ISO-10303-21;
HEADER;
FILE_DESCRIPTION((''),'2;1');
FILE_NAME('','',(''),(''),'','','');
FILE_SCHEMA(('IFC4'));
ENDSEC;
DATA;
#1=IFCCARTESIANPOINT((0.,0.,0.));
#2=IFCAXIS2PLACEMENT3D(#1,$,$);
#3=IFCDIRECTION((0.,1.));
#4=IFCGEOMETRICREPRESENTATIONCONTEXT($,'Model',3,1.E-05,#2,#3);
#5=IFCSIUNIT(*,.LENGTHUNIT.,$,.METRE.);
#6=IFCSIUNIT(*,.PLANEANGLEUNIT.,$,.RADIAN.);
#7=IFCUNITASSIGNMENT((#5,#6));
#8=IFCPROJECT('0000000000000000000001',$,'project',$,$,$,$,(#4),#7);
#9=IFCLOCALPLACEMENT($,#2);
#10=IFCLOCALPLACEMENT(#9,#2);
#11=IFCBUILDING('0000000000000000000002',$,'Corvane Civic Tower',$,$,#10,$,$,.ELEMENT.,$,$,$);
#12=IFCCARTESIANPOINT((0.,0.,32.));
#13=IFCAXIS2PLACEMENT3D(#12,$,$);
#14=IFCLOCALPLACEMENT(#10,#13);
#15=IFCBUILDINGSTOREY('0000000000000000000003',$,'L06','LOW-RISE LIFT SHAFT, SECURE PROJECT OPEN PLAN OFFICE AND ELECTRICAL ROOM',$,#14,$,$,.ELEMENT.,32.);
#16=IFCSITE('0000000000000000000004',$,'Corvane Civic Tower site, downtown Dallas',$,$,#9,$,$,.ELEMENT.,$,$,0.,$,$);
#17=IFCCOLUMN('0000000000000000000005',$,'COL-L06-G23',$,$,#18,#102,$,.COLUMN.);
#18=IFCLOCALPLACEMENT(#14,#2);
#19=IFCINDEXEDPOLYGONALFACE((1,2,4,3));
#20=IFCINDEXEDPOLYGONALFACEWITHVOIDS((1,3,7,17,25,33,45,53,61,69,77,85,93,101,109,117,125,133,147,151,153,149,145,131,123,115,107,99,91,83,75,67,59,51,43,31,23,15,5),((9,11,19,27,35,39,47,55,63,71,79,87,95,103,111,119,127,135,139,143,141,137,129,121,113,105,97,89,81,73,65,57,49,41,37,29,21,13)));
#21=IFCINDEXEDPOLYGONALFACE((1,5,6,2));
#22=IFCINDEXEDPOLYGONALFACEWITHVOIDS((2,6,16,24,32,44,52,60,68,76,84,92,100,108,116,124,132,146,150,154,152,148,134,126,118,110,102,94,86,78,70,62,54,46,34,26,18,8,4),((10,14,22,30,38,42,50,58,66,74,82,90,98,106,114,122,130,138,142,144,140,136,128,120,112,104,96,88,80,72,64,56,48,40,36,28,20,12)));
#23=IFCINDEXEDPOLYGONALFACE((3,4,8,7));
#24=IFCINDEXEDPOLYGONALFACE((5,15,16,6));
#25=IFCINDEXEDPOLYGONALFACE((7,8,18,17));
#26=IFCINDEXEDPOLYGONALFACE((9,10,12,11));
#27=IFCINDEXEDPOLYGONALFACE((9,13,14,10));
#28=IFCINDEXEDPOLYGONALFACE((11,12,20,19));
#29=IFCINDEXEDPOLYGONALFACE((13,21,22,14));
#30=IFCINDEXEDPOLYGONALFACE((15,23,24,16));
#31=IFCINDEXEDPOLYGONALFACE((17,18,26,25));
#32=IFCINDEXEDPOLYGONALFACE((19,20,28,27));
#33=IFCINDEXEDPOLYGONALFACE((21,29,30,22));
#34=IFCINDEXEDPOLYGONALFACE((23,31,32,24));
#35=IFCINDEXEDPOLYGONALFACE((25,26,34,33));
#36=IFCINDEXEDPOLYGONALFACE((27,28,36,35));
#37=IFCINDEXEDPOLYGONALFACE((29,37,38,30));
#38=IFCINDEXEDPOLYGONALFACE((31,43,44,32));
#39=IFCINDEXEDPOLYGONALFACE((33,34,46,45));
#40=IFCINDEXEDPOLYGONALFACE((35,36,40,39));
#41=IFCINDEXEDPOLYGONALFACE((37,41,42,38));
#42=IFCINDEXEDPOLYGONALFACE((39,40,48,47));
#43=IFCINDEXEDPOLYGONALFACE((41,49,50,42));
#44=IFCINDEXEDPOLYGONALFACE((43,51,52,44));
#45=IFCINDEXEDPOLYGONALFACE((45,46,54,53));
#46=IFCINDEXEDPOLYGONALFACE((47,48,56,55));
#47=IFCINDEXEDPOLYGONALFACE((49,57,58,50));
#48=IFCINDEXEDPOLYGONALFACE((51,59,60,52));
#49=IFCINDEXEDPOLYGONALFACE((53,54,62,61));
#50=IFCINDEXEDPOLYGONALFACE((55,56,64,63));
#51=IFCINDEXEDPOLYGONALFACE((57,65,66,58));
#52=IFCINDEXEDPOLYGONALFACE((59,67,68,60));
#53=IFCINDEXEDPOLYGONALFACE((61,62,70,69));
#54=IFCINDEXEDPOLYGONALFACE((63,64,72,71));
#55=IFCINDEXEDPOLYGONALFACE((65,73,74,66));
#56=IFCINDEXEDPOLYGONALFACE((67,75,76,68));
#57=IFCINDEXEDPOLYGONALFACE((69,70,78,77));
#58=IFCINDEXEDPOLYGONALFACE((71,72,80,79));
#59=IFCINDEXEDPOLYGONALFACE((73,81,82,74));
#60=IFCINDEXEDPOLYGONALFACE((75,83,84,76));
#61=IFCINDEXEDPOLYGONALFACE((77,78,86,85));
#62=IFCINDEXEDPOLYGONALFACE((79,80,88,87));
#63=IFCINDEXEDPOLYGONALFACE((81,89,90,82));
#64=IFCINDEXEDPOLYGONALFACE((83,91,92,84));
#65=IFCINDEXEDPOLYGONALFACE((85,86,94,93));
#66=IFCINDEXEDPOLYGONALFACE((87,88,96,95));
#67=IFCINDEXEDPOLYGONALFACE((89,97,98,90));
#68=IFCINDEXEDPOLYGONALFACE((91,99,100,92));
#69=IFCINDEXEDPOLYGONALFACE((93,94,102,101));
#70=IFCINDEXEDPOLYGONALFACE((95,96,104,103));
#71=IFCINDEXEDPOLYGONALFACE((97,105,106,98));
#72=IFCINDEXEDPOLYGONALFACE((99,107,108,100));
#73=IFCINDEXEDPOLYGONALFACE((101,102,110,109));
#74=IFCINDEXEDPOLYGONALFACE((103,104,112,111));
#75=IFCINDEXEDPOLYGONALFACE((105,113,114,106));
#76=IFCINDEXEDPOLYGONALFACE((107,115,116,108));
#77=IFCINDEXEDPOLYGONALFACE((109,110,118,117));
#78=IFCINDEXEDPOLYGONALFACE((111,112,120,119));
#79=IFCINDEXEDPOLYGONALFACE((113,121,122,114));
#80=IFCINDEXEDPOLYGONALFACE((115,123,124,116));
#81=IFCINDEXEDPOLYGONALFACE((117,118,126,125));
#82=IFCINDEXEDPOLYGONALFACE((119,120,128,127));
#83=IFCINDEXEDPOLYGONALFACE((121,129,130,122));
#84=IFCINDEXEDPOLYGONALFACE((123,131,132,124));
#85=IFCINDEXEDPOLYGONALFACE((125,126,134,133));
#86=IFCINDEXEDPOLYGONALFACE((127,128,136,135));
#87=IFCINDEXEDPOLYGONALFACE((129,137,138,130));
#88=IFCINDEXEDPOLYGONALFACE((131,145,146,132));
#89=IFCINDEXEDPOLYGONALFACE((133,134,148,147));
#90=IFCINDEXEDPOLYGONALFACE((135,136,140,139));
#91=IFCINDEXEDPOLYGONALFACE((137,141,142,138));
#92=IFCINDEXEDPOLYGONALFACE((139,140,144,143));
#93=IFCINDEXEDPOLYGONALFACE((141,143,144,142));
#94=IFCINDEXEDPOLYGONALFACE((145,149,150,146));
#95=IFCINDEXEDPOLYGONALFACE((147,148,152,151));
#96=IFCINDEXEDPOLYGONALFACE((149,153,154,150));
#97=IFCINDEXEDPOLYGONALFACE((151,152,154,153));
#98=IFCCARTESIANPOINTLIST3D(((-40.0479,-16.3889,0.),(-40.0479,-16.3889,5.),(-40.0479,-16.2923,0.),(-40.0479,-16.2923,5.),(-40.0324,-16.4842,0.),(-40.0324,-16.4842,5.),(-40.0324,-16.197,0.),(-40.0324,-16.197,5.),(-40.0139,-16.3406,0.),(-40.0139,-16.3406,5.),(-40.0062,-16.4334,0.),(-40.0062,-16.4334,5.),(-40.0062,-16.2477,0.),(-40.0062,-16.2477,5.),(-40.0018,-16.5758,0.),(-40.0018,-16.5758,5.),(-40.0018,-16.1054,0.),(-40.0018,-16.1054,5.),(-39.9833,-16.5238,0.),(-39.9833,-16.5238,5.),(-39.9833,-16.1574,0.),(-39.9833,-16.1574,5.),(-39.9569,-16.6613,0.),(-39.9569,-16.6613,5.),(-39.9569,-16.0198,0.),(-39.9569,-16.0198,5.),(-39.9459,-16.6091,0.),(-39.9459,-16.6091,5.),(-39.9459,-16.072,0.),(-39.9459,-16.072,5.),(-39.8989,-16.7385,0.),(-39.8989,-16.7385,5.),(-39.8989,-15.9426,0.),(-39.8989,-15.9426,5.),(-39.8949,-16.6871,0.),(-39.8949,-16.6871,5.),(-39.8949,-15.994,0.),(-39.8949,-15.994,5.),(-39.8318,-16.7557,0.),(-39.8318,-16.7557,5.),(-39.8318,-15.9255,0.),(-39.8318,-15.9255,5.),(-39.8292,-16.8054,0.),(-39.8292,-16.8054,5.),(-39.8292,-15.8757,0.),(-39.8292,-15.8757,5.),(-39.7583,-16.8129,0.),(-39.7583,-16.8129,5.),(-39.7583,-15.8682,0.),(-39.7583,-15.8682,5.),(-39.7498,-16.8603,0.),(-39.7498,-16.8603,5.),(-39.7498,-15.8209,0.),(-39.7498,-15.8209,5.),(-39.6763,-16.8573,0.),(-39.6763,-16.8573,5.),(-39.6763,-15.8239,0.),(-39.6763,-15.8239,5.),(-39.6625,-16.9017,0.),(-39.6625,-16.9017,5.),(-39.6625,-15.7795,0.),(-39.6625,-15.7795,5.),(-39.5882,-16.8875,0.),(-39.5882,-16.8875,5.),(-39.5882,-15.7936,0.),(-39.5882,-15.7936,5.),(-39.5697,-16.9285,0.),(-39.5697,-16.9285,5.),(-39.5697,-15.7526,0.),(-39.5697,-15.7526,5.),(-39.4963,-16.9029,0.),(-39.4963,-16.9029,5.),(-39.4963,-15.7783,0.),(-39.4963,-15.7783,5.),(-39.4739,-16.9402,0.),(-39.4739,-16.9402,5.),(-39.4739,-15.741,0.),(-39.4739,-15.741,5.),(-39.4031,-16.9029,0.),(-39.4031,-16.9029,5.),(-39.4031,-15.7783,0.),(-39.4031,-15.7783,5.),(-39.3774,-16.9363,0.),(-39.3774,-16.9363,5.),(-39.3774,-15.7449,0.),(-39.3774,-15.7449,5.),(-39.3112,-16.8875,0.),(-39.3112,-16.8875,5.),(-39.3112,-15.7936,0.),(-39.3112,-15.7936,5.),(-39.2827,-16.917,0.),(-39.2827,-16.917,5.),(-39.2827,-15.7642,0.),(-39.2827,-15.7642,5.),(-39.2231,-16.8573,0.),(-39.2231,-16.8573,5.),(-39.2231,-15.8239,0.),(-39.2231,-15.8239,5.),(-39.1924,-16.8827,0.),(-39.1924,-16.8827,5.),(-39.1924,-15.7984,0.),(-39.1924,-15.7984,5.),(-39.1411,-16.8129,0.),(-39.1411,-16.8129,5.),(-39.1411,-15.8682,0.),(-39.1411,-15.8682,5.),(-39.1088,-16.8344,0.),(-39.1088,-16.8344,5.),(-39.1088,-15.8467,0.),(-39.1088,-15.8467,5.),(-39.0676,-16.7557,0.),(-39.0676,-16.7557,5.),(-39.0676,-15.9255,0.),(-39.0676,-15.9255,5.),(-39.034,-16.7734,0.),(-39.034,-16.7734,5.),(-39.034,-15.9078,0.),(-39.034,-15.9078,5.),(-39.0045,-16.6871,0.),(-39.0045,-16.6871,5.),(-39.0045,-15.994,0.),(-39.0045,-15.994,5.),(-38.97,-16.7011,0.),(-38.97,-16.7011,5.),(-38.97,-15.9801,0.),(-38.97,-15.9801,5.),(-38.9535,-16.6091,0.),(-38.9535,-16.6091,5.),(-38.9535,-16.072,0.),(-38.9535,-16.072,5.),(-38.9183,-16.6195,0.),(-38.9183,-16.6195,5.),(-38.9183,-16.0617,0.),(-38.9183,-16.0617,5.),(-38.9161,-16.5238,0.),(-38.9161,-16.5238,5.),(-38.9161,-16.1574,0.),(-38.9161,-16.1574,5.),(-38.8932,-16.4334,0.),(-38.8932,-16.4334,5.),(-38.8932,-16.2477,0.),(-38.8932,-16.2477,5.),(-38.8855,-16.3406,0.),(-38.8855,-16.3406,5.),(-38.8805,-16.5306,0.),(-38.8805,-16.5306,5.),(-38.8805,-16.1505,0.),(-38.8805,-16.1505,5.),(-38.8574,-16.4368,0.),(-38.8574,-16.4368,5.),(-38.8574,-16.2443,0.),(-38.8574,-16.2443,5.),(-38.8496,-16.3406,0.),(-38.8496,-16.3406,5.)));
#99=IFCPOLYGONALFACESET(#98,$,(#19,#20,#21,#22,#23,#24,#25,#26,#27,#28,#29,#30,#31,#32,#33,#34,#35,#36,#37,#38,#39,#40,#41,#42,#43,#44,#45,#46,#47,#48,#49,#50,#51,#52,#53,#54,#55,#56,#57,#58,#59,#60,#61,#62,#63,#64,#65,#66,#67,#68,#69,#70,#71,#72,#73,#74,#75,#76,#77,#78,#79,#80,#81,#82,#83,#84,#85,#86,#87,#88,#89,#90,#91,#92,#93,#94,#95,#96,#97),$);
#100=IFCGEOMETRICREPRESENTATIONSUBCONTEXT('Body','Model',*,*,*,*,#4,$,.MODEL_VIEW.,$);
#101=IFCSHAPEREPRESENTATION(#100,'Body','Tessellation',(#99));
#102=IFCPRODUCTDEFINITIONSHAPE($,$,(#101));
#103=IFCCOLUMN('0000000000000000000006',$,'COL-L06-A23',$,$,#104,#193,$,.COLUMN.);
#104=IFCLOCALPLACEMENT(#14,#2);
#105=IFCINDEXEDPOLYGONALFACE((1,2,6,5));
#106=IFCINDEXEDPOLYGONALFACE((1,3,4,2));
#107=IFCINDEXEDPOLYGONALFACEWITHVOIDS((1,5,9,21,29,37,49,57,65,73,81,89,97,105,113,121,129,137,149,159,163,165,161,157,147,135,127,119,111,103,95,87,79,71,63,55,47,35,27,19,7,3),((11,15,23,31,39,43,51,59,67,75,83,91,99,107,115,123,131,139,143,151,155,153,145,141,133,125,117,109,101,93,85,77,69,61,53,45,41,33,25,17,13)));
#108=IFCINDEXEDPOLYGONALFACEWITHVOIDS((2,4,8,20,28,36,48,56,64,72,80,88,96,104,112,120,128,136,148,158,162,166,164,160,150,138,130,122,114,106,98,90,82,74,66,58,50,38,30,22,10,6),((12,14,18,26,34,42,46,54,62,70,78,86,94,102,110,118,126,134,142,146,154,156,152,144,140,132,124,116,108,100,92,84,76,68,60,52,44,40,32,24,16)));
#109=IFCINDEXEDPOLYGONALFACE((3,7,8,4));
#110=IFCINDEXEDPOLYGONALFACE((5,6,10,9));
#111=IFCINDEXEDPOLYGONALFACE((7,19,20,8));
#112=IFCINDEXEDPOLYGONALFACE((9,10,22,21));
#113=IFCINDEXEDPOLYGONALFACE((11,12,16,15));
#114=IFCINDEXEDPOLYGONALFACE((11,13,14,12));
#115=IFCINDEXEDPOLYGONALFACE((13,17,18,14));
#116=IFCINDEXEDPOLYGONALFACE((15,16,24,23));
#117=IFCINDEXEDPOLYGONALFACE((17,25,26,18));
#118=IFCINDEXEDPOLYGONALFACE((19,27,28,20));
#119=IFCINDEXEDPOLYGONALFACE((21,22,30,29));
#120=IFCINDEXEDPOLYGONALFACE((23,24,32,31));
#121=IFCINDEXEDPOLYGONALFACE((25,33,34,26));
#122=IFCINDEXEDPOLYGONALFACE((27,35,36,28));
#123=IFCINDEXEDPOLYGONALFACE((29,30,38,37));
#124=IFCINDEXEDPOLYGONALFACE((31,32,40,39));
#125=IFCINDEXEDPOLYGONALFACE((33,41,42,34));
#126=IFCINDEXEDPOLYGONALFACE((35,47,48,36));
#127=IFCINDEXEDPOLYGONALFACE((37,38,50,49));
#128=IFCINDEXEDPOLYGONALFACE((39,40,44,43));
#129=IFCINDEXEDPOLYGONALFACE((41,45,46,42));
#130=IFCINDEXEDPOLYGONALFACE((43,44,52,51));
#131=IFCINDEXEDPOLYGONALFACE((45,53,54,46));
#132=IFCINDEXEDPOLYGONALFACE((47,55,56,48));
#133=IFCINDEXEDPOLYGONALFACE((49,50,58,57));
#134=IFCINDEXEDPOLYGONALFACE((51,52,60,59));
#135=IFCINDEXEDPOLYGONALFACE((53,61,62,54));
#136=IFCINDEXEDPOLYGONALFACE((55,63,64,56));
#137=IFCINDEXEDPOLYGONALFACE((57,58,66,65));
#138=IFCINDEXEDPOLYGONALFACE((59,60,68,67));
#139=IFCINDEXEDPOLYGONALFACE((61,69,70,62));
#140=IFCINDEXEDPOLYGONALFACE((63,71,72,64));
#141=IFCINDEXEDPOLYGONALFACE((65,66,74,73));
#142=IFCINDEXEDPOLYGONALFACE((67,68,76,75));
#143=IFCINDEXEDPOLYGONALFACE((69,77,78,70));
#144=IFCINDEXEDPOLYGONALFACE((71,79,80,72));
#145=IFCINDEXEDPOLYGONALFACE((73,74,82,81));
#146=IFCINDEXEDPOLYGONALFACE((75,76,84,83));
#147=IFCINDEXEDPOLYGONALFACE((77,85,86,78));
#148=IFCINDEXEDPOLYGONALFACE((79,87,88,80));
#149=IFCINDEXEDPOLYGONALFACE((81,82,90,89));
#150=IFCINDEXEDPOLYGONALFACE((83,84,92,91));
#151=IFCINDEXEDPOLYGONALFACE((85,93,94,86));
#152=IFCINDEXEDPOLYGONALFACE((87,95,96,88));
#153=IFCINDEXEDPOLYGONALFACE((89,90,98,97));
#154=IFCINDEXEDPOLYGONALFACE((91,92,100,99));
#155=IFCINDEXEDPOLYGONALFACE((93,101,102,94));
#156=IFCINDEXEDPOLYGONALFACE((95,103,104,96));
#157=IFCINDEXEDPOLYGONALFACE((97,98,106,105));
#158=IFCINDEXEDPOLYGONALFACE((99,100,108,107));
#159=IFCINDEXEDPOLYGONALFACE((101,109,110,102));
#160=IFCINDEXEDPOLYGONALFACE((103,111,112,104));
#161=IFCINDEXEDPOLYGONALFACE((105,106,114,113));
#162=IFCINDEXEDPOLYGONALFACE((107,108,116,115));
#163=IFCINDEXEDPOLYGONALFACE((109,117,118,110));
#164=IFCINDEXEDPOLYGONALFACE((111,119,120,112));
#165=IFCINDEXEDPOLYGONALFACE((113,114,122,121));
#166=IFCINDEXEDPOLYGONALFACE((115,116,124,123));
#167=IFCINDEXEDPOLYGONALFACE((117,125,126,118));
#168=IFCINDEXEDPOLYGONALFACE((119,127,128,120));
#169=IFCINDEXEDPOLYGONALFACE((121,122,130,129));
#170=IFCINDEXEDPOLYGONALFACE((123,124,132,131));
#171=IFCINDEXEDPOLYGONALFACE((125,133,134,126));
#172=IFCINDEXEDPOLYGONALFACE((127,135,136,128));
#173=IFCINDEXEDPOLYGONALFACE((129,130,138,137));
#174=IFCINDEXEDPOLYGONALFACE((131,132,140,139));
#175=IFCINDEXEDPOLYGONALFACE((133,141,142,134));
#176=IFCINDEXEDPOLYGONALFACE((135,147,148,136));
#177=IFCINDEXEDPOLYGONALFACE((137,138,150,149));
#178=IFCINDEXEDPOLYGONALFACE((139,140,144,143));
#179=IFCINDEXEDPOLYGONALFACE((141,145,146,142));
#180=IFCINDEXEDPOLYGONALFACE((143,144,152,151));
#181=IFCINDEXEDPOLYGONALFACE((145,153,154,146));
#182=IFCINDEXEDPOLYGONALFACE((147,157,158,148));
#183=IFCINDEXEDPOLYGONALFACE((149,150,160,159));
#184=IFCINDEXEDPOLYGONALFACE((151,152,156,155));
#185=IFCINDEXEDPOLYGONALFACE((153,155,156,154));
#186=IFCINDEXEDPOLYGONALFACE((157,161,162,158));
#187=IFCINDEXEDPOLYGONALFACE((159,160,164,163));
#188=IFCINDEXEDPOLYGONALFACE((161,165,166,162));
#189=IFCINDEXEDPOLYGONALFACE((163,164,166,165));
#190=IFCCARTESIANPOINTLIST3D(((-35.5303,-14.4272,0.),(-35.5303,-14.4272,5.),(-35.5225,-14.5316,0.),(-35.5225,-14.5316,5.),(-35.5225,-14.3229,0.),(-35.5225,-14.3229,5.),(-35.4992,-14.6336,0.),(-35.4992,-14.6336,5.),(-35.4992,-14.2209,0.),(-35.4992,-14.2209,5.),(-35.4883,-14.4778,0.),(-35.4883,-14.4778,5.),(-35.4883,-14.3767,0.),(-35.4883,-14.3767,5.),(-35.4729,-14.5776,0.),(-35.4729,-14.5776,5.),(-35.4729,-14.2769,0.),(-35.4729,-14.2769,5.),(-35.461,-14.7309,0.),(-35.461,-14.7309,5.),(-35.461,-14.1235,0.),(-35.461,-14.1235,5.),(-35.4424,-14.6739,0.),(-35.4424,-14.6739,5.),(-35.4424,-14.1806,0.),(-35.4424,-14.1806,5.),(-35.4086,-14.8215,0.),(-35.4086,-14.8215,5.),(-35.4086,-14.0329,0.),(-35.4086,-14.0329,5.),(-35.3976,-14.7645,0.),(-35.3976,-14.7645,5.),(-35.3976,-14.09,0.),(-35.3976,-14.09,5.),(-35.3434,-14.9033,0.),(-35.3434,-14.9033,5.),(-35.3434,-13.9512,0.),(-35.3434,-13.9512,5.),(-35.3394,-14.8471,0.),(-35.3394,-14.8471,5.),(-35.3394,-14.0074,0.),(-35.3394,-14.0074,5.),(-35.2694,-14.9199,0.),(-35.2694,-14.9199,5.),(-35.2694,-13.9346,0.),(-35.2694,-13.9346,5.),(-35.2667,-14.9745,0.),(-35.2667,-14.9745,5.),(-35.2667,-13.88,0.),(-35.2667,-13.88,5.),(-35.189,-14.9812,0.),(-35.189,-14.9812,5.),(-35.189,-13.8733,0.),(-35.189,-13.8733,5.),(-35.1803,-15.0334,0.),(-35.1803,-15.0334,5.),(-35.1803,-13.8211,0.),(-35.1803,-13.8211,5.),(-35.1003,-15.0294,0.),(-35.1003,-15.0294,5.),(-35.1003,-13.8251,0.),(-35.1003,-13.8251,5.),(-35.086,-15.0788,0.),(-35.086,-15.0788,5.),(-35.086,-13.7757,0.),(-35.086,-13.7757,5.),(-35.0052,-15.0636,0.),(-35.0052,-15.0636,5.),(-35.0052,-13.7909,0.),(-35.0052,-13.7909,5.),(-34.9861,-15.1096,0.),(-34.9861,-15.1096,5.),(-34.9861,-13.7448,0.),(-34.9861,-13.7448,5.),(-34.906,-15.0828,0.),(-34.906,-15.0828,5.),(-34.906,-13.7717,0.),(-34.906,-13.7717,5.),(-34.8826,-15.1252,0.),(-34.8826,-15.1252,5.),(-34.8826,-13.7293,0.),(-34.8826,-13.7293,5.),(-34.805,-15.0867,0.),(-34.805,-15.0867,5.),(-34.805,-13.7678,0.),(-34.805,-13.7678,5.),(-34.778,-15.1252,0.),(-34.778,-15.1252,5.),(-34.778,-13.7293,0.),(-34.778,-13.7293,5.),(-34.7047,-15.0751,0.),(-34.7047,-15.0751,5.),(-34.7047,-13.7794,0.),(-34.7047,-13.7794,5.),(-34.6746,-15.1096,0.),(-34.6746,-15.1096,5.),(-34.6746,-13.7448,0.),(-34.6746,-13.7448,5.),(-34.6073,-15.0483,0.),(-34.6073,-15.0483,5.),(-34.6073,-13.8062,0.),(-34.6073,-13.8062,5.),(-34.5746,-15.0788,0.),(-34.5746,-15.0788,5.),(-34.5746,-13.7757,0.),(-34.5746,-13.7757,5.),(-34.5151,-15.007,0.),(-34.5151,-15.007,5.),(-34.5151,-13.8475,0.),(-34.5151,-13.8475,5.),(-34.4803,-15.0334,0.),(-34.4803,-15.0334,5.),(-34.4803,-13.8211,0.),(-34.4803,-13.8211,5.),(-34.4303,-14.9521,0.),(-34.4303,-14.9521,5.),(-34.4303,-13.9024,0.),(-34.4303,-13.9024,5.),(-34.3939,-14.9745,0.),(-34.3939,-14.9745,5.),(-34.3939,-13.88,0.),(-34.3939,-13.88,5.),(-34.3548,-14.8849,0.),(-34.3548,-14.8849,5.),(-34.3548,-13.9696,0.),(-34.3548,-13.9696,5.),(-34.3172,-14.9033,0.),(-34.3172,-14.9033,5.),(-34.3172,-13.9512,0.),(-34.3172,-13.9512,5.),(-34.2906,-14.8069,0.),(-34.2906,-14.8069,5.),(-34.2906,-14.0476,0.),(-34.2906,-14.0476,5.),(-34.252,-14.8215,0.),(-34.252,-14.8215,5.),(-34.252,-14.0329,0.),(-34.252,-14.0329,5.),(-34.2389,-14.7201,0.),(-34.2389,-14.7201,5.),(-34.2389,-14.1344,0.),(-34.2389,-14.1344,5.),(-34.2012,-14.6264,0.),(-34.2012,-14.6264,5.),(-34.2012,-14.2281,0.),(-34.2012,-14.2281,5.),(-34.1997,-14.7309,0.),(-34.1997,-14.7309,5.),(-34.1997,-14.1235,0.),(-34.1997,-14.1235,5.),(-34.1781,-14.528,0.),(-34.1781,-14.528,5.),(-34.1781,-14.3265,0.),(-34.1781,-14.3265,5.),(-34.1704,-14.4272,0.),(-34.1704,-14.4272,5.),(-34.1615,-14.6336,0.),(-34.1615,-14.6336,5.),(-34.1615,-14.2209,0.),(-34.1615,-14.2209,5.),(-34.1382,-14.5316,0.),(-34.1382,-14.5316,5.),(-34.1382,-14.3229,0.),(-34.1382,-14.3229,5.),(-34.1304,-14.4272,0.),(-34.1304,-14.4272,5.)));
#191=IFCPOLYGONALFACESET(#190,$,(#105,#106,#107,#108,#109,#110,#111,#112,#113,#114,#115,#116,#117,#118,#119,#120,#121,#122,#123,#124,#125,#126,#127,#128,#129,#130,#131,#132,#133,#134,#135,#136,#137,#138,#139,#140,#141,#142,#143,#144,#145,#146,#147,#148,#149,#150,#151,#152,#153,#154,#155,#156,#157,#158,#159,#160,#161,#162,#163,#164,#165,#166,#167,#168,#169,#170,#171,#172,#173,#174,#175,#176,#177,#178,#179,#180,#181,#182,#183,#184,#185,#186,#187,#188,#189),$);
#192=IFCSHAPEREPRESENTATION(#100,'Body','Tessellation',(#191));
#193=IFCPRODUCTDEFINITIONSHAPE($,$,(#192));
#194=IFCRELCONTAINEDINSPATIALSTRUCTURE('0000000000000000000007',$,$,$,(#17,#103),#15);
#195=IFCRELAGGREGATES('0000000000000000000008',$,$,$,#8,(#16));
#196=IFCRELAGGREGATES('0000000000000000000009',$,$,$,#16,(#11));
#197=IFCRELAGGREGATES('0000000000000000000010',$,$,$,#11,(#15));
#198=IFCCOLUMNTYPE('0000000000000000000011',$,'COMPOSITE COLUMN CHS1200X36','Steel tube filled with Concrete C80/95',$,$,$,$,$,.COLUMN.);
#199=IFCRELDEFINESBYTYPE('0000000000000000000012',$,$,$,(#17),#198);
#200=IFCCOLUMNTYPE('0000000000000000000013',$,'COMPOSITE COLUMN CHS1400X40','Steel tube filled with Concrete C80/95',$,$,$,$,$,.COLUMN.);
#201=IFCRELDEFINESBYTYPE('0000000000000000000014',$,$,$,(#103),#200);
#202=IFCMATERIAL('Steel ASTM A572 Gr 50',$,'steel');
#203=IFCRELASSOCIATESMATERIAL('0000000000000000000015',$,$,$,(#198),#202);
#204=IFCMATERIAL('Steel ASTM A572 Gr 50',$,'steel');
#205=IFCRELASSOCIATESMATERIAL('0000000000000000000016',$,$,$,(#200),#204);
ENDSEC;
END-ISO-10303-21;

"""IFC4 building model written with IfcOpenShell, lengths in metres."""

from ifc_helpers import new_model, si_unit, direction, frame, origin, origin_2d, place, context, subcontext, project, spatial, hollow_circle, extrude, material, material_profile, profile_set, type_object, element, save


model = new_model("IFC4")

# Units and contexts
model_context = context("Model", 3, precision=1e-05, world=origin(), true_north=direction((0.0, 1.0)))
body_context = subcontext(model_context, "Body", "Model", "MODEL_VIEW")
ifc_project = project(units=[si_unit("LENGTHUNIT", "METRE"), si_unit("PLANEANGLEUNIT", "RADIAN")], contexts=[model_context])

# Site, building, storey
site_placement = place(None, origin())
site = spatial("IfcSite", under=ifc_project, at=site_placement, Name="Corvane Civic Tower site, downtown Dallas", CompositionType="ELEMENT", RefElevation=0.0)
building_placement = place(site_placement, origin())
building = spatial("IfcBuilding", under=site, at=building_placement, Name="Corvane Civic Tower", CompositionType="ELEMENT")
storey_placement = place(building_placement, frame((0.0, 0.0, 32.0)))
storey = spatial("IfcBuildingStorey", under=building, at=storey_placement, Name="L06", Description="LOW-RISE LIFT SHAFT, SECURE PROJECT OPEN PLAN OFFICE AND ELECTRICAL ROOM", CompositionType="ELEMENT", Elevation=32.0)

# Columns
ifc_material_1 = material(Name="Steel ASTM A572 Gr 50", Category="steel")
ifc_material_profile_1 = material_profile(ifc_material_1, hollow_circle(Radius=0.6001, WallThickness=0.0359, at=origin_2d()), Name="CHS1200X36")
ifc_profile_set_1 = profile_set([ifc_material_profile_1], Name="Steel ASTM A572 Gr 50")
column_type_1 = type_object("IfcColumnType", Name="COMPOSITE COLUMN CHS1200X36", Description="Steel tube filled with Concrete C80/95", PredefinedType="COLUMN", material=ifc_profile_set_1)
column_placement = place(storey_placement, frame((-39.4497, -16.3406, 0.0), z_axis=(0.0, 0.0, 1.0), x_axis=(1.0, 0.0, 0.0)))
element("IfcColumn", 1, at=column_placement, inside=storey, type_object=column_type_1, Name="COL-L06-G23", PredefinedType="COLUMN", context=body_context, shape_type="SweptSolid", body=[
    extrude(hollow_circle(Radius=0.6001, WallThickness=0.0359, at=origin_2d()), origin(), (0.0, 0.0, 1.0), 5.0),
])
ifc_material_2 = material(Name="Steel ASTM A572 Gr 50", Category="steel")
ifc_material_profile_2 = material_profile(ifc_material_2, hollow_circle(Radius=0.7, WallThickness=0.04, at=origin_2d()), Name="CHS1400X40")
ifc_profile_set_2 = profile_set([ifc_material_profile_2], Name="Steel ASTM A572 Gr 50")
column_type_2 = type_object("IfcColumnType", Name="COMPOSITE COLUMN CHS1400X40", Description="Steel tube filled with Concrete C80/95", PredefinedType="COLUMN", material=ifc_profile_set_2)
for number, where, z_axis, x_axis, name in (
    (2, (-34.8303, -14.4272, 0.0), (0.0, 0.0, 1.0), (1.0, 0.0, 0.0), "COL-L06-A23"),
):
    element("IfcColumn", number, at=place(storey_placement, frame(where, z_axis=z_axis, x_axis=x_axis)), inside=storey, type_object=column_type_2, Name=name, PredefinedType="COLUMN", context=body_context, shape_type="SweptSolid", body=[
        extrude(hollow_circle(Radius=0.7, WallThickness=0.04, at=origin_2d()), origin(), (0.0, 0.0, 1.0), 5.0),
    ])

save(model, "model.ifc")
